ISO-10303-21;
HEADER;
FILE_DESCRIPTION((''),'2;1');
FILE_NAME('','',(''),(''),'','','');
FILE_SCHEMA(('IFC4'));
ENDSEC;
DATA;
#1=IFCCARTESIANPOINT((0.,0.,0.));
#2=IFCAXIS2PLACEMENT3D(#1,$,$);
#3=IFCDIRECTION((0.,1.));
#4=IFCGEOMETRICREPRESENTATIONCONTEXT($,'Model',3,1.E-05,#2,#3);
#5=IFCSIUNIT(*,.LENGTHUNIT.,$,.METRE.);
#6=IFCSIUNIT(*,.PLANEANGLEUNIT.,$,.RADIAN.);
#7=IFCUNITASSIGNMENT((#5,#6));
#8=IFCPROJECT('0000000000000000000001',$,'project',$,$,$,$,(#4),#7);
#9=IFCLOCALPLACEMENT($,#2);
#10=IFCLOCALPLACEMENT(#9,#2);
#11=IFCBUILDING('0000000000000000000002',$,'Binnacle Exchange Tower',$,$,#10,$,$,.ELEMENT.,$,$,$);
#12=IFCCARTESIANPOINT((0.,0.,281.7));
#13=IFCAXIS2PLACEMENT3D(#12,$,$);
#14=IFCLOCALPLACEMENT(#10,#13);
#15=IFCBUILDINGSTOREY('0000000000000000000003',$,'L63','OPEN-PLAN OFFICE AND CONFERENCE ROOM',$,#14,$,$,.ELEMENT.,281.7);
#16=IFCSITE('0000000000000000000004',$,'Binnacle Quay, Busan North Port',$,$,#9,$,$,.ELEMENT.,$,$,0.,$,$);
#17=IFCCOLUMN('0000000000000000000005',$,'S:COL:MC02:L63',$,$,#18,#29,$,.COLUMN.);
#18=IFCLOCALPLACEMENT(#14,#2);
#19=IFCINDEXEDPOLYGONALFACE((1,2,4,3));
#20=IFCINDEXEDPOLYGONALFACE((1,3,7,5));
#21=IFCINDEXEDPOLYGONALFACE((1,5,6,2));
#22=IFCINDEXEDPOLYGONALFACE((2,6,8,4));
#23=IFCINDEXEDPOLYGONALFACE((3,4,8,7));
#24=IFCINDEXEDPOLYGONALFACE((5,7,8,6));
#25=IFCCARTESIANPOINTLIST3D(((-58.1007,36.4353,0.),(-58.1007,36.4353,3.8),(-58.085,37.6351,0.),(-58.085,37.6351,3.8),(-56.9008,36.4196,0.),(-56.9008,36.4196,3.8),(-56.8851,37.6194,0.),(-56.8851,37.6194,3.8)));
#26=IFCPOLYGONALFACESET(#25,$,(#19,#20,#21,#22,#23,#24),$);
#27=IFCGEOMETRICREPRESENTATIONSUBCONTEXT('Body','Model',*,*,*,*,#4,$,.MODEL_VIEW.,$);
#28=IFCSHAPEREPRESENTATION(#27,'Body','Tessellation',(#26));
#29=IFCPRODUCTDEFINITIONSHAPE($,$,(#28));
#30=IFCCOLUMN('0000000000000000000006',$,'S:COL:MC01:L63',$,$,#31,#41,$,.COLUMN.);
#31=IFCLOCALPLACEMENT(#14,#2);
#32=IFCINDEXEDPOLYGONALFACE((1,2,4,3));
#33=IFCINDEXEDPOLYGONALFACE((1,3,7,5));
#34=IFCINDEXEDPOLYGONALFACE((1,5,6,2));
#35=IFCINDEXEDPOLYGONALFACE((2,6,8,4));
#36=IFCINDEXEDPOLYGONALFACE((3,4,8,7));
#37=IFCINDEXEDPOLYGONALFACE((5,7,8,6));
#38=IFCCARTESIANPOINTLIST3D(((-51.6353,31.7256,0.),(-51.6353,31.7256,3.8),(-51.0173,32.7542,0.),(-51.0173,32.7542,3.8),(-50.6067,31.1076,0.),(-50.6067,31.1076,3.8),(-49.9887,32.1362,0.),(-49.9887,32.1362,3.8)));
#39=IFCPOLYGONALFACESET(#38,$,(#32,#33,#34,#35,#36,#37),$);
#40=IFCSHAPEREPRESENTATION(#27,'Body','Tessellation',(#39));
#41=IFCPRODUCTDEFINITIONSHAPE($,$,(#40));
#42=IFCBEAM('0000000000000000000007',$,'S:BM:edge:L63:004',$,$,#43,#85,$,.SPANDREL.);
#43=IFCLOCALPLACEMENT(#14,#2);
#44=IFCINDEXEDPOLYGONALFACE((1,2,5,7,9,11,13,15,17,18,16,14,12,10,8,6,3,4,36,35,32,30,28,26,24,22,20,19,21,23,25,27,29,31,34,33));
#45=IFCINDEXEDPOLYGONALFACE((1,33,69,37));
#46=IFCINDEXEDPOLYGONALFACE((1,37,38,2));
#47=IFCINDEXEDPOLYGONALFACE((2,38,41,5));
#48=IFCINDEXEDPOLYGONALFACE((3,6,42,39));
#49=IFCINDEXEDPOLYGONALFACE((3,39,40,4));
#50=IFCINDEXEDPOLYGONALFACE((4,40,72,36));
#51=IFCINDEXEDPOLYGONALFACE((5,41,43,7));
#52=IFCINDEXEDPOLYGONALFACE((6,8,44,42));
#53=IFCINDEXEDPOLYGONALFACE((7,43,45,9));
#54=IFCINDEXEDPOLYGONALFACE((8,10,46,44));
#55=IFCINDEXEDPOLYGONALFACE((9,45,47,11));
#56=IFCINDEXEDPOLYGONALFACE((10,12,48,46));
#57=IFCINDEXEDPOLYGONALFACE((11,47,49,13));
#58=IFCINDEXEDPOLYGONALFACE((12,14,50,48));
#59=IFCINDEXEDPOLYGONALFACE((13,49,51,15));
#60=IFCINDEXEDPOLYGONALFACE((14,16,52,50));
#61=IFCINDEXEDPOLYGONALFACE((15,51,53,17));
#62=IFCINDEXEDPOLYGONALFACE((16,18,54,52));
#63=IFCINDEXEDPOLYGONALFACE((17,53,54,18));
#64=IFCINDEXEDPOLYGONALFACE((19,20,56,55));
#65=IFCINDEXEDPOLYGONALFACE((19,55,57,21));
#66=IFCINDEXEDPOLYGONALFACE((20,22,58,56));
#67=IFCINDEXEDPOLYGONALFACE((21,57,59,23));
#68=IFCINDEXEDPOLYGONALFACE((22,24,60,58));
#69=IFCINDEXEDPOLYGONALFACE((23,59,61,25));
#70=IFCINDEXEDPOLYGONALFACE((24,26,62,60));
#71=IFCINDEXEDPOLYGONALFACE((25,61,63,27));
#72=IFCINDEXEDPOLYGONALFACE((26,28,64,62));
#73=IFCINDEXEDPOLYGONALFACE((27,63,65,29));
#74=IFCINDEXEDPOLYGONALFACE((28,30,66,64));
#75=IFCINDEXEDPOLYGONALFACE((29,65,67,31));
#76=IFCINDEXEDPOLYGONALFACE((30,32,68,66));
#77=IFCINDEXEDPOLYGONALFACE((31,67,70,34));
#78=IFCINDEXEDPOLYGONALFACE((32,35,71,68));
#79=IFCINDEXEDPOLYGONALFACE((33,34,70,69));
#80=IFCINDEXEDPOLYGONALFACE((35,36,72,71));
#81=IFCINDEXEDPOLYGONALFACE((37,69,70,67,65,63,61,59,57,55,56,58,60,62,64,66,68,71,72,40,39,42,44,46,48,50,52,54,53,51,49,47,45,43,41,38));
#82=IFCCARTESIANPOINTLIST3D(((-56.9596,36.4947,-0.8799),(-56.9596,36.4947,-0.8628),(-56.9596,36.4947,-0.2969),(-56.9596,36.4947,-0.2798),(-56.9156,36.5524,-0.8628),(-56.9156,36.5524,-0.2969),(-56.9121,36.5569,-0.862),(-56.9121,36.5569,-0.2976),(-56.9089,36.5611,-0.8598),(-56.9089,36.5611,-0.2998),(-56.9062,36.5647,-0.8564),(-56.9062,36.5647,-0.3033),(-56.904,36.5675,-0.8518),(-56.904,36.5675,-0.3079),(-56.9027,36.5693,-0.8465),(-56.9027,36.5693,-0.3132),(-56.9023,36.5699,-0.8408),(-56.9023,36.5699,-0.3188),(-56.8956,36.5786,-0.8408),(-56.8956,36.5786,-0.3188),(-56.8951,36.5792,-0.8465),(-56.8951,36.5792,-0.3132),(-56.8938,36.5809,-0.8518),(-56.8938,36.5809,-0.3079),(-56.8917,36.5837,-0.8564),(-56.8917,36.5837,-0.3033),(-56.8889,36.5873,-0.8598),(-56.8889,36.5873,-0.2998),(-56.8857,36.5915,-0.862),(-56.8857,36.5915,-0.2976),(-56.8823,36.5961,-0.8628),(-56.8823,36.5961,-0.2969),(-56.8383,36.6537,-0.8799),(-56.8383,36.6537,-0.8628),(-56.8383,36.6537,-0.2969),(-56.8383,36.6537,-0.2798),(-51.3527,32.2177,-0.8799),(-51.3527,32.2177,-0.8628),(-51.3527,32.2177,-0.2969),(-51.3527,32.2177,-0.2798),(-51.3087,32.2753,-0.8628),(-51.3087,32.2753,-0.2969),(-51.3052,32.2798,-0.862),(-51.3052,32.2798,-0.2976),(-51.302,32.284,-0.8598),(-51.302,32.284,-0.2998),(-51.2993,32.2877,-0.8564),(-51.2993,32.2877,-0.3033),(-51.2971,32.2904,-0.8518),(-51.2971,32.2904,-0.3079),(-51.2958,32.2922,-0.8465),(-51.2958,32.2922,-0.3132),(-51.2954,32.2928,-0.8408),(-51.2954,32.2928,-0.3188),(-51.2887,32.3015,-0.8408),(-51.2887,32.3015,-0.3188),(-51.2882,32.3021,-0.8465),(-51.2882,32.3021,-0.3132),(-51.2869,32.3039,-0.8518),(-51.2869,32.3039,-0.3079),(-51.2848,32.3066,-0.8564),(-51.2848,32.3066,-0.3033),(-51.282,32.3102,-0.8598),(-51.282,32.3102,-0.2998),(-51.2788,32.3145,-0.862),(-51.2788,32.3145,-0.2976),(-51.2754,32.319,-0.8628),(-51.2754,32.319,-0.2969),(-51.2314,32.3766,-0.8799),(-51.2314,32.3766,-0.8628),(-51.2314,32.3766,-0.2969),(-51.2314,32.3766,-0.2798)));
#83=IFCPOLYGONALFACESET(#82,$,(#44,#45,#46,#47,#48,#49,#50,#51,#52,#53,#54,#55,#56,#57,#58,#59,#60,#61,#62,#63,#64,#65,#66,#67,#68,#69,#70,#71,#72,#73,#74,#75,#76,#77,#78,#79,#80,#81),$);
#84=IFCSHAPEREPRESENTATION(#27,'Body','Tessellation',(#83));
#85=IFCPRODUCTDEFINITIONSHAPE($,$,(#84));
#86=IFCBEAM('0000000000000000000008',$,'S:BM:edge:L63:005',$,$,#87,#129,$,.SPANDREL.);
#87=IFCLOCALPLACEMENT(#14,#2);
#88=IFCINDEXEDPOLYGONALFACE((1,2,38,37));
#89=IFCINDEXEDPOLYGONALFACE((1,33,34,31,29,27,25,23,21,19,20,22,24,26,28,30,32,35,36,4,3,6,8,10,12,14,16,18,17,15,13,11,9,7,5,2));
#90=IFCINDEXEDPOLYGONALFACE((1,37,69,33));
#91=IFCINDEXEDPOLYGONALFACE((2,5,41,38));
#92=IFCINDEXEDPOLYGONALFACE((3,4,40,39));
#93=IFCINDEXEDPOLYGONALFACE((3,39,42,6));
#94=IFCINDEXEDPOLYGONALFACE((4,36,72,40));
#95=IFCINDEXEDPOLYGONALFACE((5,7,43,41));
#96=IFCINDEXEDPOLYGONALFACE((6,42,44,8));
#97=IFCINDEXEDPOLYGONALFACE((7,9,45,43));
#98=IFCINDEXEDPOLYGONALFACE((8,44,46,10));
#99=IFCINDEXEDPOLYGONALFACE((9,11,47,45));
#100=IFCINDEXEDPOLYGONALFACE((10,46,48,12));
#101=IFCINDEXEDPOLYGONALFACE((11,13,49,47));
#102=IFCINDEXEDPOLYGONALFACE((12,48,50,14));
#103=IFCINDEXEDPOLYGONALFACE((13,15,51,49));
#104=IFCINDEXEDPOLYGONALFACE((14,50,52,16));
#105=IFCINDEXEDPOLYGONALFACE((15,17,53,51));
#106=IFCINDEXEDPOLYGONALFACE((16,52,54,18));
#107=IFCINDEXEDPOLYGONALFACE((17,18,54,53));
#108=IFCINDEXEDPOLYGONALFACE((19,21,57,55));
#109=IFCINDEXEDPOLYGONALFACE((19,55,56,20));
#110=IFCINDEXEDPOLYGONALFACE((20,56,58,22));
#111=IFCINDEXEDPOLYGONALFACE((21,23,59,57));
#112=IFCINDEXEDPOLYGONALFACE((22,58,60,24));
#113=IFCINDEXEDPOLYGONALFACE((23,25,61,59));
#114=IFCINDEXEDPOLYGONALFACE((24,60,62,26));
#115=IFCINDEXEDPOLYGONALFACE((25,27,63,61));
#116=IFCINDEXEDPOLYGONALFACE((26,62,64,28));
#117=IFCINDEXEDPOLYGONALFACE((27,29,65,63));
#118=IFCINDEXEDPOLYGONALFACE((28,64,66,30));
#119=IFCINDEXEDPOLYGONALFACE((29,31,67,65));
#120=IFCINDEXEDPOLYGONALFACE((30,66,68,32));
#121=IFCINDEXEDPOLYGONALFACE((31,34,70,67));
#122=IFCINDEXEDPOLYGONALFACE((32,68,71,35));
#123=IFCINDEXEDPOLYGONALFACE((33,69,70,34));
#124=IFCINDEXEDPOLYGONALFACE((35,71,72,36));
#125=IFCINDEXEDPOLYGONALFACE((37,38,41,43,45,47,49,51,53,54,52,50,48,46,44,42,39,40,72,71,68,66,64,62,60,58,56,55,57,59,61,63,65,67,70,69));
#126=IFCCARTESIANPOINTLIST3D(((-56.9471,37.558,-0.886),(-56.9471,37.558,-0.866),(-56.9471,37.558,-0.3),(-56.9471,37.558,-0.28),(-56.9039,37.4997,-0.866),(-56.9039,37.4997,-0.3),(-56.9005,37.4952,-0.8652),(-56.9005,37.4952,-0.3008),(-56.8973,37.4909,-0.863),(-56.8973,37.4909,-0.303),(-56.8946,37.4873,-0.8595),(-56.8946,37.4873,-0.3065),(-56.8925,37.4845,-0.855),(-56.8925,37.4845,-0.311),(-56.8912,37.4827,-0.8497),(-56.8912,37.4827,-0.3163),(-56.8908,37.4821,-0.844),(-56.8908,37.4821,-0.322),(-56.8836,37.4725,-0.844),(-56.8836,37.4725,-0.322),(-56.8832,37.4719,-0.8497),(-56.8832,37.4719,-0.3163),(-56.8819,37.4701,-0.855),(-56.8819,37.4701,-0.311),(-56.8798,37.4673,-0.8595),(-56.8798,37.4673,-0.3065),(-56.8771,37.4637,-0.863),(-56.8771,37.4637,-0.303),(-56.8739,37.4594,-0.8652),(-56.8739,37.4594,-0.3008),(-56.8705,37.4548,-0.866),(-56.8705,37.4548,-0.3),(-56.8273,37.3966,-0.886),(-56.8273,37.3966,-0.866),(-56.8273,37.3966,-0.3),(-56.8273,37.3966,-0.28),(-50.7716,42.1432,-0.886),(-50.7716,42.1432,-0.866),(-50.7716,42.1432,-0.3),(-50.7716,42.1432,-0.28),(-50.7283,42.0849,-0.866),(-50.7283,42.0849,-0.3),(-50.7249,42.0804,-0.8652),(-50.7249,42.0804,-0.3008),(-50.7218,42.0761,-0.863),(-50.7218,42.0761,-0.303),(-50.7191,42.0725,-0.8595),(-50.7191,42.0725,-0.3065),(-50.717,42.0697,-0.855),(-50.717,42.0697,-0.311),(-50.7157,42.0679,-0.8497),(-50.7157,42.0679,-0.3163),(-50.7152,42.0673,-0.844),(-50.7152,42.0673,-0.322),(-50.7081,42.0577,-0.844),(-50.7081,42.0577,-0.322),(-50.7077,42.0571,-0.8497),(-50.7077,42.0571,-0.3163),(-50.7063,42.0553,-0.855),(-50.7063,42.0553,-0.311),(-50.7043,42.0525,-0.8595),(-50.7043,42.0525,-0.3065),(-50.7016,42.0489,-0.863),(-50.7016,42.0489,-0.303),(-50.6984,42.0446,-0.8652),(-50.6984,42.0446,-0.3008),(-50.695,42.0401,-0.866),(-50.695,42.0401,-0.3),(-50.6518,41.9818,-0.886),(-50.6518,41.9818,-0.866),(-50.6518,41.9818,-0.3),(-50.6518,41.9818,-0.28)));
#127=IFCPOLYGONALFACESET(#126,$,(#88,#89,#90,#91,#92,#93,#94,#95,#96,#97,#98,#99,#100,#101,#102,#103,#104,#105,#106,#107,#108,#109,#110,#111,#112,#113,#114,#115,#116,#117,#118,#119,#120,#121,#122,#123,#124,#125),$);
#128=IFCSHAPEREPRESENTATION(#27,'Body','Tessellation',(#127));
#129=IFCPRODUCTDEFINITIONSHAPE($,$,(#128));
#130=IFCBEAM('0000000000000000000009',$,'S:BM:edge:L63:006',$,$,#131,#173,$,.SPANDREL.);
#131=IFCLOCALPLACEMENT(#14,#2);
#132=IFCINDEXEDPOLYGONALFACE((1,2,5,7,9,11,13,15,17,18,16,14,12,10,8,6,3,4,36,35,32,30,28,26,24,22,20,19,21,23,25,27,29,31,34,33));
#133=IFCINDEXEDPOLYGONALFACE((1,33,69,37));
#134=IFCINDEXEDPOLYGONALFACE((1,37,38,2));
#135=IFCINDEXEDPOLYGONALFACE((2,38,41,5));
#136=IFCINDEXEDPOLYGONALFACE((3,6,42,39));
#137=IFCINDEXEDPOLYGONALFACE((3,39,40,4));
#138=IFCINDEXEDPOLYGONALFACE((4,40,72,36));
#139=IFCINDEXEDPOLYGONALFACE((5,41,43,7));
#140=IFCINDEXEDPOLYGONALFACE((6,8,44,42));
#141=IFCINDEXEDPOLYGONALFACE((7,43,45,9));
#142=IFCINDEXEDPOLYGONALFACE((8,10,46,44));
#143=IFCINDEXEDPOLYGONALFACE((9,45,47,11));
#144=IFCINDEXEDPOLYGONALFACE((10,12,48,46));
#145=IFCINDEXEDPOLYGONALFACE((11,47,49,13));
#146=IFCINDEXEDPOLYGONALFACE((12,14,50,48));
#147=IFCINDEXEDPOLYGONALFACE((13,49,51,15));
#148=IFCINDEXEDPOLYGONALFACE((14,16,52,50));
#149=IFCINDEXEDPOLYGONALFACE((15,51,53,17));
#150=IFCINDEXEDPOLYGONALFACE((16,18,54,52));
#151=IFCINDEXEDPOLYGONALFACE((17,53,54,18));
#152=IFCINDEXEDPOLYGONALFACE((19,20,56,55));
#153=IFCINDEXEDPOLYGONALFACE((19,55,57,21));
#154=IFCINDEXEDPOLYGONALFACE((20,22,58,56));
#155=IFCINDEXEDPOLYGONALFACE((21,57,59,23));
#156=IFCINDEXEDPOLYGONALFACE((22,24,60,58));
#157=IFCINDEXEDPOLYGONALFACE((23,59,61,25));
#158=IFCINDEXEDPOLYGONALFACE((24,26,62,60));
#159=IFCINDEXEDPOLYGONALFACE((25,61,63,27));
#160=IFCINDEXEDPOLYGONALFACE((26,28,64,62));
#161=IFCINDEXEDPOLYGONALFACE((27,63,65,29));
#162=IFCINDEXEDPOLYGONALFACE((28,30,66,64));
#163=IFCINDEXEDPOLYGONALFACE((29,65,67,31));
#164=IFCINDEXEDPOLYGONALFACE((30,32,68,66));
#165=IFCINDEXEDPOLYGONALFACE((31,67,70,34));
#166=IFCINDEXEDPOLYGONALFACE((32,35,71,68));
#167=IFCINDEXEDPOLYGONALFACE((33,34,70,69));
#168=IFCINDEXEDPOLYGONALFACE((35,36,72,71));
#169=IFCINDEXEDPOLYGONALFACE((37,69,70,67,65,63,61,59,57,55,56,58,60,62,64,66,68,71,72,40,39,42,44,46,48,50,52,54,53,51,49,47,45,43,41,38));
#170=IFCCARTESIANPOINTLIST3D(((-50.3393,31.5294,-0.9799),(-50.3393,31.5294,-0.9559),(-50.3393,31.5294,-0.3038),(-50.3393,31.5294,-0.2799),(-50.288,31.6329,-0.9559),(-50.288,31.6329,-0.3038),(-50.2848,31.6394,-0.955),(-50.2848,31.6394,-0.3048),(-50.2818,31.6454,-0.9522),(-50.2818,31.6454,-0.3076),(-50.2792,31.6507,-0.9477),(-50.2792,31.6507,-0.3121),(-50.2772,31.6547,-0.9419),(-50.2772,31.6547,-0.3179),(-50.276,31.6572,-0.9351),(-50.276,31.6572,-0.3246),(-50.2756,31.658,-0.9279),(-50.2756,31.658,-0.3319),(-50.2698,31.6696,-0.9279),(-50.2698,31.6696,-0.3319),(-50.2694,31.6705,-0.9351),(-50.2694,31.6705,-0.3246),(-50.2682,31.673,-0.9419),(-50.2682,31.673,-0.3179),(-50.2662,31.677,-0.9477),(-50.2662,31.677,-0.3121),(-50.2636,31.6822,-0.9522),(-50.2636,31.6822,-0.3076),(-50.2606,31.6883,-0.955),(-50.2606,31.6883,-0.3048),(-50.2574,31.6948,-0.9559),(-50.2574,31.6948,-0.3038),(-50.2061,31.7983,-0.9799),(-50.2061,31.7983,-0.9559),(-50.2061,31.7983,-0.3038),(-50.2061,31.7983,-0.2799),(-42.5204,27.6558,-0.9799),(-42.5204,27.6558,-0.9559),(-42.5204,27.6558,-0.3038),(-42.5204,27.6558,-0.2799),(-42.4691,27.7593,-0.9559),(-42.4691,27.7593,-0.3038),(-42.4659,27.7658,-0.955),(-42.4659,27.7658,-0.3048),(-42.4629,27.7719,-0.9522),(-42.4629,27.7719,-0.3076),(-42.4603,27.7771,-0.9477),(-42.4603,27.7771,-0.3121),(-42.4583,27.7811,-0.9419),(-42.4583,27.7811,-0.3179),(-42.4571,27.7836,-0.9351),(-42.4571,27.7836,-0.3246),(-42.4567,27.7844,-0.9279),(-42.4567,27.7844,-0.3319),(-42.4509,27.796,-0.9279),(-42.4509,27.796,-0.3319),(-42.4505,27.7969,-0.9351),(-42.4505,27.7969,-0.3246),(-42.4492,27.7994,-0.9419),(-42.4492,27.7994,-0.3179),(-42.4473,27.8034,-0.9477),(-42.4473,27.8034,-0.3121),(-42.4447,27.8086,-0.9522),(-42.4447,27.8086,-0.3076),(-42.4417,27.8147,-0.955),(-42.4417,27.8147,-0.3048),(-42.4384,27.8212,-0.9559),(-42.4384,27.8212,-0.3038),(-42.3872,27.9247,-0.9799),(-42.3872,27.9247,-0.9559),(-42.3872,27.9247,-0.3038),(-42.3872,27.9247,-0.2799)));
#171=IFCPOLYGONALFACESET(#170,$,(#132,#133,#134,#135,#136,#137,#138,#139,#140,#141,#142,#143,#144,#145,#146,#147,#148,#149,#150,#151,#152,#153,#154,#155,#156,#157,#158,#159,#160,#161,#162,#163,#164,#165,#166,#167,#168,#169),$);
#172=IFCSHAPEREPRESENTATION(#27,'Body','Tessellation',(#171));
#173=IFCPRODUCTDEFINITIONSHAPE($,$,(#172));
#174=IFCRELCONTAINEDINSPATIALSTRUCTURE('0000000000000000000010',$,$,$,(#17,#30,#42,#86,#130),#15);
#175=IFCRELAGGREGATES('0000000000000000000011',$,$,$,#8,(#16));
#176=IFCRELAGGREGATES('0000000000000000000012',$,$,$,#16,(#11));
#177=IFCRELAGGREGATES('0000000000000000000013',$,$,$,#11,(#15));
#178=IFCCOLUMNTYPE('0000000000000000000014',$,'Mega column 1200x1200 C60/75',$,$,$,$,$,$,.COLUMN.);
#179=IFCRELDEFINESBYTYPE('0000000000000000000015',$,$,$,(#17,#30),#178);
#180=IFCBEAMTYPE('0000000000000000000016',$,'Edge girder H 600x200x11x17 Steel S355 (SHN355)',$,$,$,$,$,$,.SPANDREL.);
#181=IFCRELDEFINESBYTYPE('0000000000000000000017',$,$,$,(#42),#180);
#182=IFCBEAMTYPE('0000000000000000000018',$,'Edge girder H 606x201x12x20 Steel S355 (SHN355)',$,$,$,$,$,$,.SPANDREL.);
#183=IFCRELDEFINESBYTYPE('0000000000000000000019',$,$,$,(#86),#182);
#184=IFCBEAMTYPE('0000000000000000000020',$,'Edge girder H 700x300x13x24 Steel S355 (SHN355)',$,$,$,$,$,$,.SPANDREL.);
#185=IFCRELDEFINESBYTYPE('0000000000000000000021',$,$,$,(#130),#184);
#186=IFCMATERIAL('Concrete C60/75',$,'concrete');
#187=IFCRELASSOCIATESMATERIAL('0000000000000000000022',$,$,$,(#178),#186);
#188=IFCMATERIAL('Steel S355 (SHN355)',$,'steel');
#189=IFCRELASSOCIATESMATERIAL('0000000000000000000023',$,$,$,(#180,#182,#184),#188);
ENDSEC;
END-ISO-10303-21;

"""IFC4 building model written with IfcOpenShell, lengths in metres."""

from ifc_helpers import new_model, si_unit, direction, frame, origin, origin_2d, place, context, subcontext, project, spatial, rectangle, i_section, extrude, material, material_profile, profile_set, type_object, element, save


model = new_model("IFC4")

# Units and contexts
model_context = context("Model", 3, precision=1e-05, world=origin(), true_north=direction((0.0, 1.0)))
body_context = subcontext(model_context, "Body", "Model", "MODEL_VIEW")
ifc_project = project(units=[si_unit("LENGTHUNIT", "METRE"), si_unit("PLANEANGLEUNIT", "RADIAN")], contexts=[model_context])

# Site, building, storey
site_placement = place(None, origin())
site = spatial("IfcSite", under=ifc_project, at=site_placement, Name="Binnacle Quay, Busan North Port", CompositionType="ELEMENT", RefElevation=0.0)
building_placement = place(site_placement, origin())
building = spatial("IfcBuilding", under=site, at=building_placement, Name="Binnacle Exchange Tower", CompositionType="ELEMENT")
storey_placement = place(building_placement, frame((0.0, 0.0, 281.7)))
storey = spatial("IfcBuildingStorey", under=building, at=storey_placement, Name="L63", Description="OPEN-PLAN OFFICE AND CONFERENCE ROOM", CompositionType="ELEMENT", Elevation=281.7)

# Columns
ifc_material_1 = material(Name="Concrete C60/75", Category="concrete")
ifc_material_profile_1 = material_profile(ifc_material_1, rectangle(XDim=1.2, YDim=1.2, at=origin_2d()), Name="Mega column 1200x1200 C60/75")
ifc_profile_set_1 = profile_set([ifc_material_profile_1], Name="Concrete C60/75")
column_type = type_object("IfcColumnType", Name="Mega column 1200x1200 C60/75", PredefinedType="COLUMN", material=ifc_profile_set_1)
for number, where, z_axis, x_axis, name in (
    (1, (-57.4929, 37.0273, 0.0), (0.0, 0.0, 1.0), (-0.01309, -0.999914, 0.0), "S:COL:MC02:L63"),
    (2, (-50.812, 31.9309, 0.0), (0.0, 0.0, 1.0), (0.857167, -0.515038, 0.0), "S:COL:MC01:L63"),
):
    element("IfcColumn", number, at=place(storey_placement, frame(where, z_axis=z_axis, x_axis=x_axis)), inside=storey, type_object=column_type, Name=name, PredefinedType="COLUMN", context=body_context, shape_type="SweptSolid", body=[
        extrude(rectangle(XDim=1.2, YDim=1.2, at=origin_2d()), origin(), (0.0, 0.0, 1.0), 3.8),
    ])

# Beams
ifc_material_2 = material(Name="Steel S355 (SHN355)", Category="steel")
ifc_material_profile_2 = material_profile(ifc_material_2, i_section(OverallWidth=0.2, OverallDepth=0.6001, WebThickness=0.011, FlangeThickness=0.0171, FilletRadius=0.022, at=origin_2d()), Name="H 600x200x11x17")
ifc_profile_set_2 = profile_set([ifc_material_profile_2], Name="Steel S355 (SHN355)")
beam_type_1 = type_object("IfcBeamType", Name="Edge girder H 600x200x11x17 Steel S355 (SHN355)", PredefinedType="SPANDREL", material=ifc_profile_set_2)
beam_1_placement = place(storey_placement, frame((-56.8989, 36.5742, -0.5798), z_axis=(0.79508, -0.606505, 0.0), x_axis=(0.606505, 0.79508, 0.0)))
element("IfcBeam", 3, at=beam_1_placement, inside=storey, type_object=beam_type_1, Name="S:BM:edge:L63:004", PredefinedType="SPANDREL", context=body_context, shape_type="SweptSolid", body=[
    extrude(i_section(OverallWidth=0.2, OverallDepth=0.6001, WebThickness=0.011, FlangeThickness=0.0171, FilletRadius=0.022, at=origin_2d()), origin(), (0.0, 0.0, 1.0), 7.052),
])
ifc_material_profile_3 = material_profile(ifc_material_2, i_section(OverallWidth=0.2009, OverallDepth=0.606, WebThickness=0.012, FlangeThickness=0.02, FilletRadius=0.022, at=origin_2d()), Name="H 606x201x12x20")
ifc_profile_set_3 = profile_set([ifc_material_profile_3], Name="Steel S355 (SHN355)")
beam_type_2 = type_object("IfcBeamType", Name="Edge girder H 606x201x12x20 Steel S355 (SHN355)", PredefinedType="SPANDREL", material=ifc_profile_set_3)
beam_2_placement = place(storey_placement, frame((-50.7117, 42.0625, -0.583), z_axis=(-0.802889, -0.596128, 0.0), x_axis=(0.596128, -0.802889, 0.0)))
element("IfcBeam", 4, at=beam_2_placement, inside=storey, type_object=beam_type_2, Name="S:BM:edge:L63:005", PredefinedType="SPANDREL", context=body_context, shape_type="SweptSolid", body=[
    extrude(i_section(OverallWidth=0.2009, OverallDepth=0.606, WebThickness=0.012, FlangeThickness=0.02, FilletRadius=0.022, at=origin_2d()), origin(), (0.0, 0.0, 1.0), 7.6917),
])
ifc_material_profile_4 = material_profile(ifc_material_2, i_section(OverallWidth=0.3, OverallDepth=0.7, WebThickness=0.0129, FlangeThickness=0.0239, FilletRadius=0.0281, at=origin_2d()), Name="H 700x300x13x24")
ifc_profile_set_4 = profile_set([ifc_material_profile_4], Name="Steel S355 (SHN355)")
beam_type_3 = type_object("IfcBeamType", Name="Edge girder H 700x300x13x24 Steel S355 (SHN355)", PredefinedType="SPANDREL", material=ifc_profile_set_4)
beam_3_placement = place(storey_placement, frame((-50.2727, 31.6638, -0.6299), z_axis=(0.896066, -0.44392, 0.0), x_axis=(0.44392, 0.896066, 0.0)))
element("IfcBeam", 5, at=beam_3_placement, inside=storey, type_object=beam_type_3, Name="S:BM:edge:L63:006", PredefinedType="SPANDREL", context=body_context, shape_type="SweptSolid", body=[
    extrude(i_section(OverallWidth=0.3, OverallDepth=0.7, WebThickness=0.0129, FlangeThickness=0.0239, FilletRadius=0.0281, at=origin_2d()), origin(), (0.0, 0.0, 1.0), 8.7258),
])

save(model, "model.ifc")
